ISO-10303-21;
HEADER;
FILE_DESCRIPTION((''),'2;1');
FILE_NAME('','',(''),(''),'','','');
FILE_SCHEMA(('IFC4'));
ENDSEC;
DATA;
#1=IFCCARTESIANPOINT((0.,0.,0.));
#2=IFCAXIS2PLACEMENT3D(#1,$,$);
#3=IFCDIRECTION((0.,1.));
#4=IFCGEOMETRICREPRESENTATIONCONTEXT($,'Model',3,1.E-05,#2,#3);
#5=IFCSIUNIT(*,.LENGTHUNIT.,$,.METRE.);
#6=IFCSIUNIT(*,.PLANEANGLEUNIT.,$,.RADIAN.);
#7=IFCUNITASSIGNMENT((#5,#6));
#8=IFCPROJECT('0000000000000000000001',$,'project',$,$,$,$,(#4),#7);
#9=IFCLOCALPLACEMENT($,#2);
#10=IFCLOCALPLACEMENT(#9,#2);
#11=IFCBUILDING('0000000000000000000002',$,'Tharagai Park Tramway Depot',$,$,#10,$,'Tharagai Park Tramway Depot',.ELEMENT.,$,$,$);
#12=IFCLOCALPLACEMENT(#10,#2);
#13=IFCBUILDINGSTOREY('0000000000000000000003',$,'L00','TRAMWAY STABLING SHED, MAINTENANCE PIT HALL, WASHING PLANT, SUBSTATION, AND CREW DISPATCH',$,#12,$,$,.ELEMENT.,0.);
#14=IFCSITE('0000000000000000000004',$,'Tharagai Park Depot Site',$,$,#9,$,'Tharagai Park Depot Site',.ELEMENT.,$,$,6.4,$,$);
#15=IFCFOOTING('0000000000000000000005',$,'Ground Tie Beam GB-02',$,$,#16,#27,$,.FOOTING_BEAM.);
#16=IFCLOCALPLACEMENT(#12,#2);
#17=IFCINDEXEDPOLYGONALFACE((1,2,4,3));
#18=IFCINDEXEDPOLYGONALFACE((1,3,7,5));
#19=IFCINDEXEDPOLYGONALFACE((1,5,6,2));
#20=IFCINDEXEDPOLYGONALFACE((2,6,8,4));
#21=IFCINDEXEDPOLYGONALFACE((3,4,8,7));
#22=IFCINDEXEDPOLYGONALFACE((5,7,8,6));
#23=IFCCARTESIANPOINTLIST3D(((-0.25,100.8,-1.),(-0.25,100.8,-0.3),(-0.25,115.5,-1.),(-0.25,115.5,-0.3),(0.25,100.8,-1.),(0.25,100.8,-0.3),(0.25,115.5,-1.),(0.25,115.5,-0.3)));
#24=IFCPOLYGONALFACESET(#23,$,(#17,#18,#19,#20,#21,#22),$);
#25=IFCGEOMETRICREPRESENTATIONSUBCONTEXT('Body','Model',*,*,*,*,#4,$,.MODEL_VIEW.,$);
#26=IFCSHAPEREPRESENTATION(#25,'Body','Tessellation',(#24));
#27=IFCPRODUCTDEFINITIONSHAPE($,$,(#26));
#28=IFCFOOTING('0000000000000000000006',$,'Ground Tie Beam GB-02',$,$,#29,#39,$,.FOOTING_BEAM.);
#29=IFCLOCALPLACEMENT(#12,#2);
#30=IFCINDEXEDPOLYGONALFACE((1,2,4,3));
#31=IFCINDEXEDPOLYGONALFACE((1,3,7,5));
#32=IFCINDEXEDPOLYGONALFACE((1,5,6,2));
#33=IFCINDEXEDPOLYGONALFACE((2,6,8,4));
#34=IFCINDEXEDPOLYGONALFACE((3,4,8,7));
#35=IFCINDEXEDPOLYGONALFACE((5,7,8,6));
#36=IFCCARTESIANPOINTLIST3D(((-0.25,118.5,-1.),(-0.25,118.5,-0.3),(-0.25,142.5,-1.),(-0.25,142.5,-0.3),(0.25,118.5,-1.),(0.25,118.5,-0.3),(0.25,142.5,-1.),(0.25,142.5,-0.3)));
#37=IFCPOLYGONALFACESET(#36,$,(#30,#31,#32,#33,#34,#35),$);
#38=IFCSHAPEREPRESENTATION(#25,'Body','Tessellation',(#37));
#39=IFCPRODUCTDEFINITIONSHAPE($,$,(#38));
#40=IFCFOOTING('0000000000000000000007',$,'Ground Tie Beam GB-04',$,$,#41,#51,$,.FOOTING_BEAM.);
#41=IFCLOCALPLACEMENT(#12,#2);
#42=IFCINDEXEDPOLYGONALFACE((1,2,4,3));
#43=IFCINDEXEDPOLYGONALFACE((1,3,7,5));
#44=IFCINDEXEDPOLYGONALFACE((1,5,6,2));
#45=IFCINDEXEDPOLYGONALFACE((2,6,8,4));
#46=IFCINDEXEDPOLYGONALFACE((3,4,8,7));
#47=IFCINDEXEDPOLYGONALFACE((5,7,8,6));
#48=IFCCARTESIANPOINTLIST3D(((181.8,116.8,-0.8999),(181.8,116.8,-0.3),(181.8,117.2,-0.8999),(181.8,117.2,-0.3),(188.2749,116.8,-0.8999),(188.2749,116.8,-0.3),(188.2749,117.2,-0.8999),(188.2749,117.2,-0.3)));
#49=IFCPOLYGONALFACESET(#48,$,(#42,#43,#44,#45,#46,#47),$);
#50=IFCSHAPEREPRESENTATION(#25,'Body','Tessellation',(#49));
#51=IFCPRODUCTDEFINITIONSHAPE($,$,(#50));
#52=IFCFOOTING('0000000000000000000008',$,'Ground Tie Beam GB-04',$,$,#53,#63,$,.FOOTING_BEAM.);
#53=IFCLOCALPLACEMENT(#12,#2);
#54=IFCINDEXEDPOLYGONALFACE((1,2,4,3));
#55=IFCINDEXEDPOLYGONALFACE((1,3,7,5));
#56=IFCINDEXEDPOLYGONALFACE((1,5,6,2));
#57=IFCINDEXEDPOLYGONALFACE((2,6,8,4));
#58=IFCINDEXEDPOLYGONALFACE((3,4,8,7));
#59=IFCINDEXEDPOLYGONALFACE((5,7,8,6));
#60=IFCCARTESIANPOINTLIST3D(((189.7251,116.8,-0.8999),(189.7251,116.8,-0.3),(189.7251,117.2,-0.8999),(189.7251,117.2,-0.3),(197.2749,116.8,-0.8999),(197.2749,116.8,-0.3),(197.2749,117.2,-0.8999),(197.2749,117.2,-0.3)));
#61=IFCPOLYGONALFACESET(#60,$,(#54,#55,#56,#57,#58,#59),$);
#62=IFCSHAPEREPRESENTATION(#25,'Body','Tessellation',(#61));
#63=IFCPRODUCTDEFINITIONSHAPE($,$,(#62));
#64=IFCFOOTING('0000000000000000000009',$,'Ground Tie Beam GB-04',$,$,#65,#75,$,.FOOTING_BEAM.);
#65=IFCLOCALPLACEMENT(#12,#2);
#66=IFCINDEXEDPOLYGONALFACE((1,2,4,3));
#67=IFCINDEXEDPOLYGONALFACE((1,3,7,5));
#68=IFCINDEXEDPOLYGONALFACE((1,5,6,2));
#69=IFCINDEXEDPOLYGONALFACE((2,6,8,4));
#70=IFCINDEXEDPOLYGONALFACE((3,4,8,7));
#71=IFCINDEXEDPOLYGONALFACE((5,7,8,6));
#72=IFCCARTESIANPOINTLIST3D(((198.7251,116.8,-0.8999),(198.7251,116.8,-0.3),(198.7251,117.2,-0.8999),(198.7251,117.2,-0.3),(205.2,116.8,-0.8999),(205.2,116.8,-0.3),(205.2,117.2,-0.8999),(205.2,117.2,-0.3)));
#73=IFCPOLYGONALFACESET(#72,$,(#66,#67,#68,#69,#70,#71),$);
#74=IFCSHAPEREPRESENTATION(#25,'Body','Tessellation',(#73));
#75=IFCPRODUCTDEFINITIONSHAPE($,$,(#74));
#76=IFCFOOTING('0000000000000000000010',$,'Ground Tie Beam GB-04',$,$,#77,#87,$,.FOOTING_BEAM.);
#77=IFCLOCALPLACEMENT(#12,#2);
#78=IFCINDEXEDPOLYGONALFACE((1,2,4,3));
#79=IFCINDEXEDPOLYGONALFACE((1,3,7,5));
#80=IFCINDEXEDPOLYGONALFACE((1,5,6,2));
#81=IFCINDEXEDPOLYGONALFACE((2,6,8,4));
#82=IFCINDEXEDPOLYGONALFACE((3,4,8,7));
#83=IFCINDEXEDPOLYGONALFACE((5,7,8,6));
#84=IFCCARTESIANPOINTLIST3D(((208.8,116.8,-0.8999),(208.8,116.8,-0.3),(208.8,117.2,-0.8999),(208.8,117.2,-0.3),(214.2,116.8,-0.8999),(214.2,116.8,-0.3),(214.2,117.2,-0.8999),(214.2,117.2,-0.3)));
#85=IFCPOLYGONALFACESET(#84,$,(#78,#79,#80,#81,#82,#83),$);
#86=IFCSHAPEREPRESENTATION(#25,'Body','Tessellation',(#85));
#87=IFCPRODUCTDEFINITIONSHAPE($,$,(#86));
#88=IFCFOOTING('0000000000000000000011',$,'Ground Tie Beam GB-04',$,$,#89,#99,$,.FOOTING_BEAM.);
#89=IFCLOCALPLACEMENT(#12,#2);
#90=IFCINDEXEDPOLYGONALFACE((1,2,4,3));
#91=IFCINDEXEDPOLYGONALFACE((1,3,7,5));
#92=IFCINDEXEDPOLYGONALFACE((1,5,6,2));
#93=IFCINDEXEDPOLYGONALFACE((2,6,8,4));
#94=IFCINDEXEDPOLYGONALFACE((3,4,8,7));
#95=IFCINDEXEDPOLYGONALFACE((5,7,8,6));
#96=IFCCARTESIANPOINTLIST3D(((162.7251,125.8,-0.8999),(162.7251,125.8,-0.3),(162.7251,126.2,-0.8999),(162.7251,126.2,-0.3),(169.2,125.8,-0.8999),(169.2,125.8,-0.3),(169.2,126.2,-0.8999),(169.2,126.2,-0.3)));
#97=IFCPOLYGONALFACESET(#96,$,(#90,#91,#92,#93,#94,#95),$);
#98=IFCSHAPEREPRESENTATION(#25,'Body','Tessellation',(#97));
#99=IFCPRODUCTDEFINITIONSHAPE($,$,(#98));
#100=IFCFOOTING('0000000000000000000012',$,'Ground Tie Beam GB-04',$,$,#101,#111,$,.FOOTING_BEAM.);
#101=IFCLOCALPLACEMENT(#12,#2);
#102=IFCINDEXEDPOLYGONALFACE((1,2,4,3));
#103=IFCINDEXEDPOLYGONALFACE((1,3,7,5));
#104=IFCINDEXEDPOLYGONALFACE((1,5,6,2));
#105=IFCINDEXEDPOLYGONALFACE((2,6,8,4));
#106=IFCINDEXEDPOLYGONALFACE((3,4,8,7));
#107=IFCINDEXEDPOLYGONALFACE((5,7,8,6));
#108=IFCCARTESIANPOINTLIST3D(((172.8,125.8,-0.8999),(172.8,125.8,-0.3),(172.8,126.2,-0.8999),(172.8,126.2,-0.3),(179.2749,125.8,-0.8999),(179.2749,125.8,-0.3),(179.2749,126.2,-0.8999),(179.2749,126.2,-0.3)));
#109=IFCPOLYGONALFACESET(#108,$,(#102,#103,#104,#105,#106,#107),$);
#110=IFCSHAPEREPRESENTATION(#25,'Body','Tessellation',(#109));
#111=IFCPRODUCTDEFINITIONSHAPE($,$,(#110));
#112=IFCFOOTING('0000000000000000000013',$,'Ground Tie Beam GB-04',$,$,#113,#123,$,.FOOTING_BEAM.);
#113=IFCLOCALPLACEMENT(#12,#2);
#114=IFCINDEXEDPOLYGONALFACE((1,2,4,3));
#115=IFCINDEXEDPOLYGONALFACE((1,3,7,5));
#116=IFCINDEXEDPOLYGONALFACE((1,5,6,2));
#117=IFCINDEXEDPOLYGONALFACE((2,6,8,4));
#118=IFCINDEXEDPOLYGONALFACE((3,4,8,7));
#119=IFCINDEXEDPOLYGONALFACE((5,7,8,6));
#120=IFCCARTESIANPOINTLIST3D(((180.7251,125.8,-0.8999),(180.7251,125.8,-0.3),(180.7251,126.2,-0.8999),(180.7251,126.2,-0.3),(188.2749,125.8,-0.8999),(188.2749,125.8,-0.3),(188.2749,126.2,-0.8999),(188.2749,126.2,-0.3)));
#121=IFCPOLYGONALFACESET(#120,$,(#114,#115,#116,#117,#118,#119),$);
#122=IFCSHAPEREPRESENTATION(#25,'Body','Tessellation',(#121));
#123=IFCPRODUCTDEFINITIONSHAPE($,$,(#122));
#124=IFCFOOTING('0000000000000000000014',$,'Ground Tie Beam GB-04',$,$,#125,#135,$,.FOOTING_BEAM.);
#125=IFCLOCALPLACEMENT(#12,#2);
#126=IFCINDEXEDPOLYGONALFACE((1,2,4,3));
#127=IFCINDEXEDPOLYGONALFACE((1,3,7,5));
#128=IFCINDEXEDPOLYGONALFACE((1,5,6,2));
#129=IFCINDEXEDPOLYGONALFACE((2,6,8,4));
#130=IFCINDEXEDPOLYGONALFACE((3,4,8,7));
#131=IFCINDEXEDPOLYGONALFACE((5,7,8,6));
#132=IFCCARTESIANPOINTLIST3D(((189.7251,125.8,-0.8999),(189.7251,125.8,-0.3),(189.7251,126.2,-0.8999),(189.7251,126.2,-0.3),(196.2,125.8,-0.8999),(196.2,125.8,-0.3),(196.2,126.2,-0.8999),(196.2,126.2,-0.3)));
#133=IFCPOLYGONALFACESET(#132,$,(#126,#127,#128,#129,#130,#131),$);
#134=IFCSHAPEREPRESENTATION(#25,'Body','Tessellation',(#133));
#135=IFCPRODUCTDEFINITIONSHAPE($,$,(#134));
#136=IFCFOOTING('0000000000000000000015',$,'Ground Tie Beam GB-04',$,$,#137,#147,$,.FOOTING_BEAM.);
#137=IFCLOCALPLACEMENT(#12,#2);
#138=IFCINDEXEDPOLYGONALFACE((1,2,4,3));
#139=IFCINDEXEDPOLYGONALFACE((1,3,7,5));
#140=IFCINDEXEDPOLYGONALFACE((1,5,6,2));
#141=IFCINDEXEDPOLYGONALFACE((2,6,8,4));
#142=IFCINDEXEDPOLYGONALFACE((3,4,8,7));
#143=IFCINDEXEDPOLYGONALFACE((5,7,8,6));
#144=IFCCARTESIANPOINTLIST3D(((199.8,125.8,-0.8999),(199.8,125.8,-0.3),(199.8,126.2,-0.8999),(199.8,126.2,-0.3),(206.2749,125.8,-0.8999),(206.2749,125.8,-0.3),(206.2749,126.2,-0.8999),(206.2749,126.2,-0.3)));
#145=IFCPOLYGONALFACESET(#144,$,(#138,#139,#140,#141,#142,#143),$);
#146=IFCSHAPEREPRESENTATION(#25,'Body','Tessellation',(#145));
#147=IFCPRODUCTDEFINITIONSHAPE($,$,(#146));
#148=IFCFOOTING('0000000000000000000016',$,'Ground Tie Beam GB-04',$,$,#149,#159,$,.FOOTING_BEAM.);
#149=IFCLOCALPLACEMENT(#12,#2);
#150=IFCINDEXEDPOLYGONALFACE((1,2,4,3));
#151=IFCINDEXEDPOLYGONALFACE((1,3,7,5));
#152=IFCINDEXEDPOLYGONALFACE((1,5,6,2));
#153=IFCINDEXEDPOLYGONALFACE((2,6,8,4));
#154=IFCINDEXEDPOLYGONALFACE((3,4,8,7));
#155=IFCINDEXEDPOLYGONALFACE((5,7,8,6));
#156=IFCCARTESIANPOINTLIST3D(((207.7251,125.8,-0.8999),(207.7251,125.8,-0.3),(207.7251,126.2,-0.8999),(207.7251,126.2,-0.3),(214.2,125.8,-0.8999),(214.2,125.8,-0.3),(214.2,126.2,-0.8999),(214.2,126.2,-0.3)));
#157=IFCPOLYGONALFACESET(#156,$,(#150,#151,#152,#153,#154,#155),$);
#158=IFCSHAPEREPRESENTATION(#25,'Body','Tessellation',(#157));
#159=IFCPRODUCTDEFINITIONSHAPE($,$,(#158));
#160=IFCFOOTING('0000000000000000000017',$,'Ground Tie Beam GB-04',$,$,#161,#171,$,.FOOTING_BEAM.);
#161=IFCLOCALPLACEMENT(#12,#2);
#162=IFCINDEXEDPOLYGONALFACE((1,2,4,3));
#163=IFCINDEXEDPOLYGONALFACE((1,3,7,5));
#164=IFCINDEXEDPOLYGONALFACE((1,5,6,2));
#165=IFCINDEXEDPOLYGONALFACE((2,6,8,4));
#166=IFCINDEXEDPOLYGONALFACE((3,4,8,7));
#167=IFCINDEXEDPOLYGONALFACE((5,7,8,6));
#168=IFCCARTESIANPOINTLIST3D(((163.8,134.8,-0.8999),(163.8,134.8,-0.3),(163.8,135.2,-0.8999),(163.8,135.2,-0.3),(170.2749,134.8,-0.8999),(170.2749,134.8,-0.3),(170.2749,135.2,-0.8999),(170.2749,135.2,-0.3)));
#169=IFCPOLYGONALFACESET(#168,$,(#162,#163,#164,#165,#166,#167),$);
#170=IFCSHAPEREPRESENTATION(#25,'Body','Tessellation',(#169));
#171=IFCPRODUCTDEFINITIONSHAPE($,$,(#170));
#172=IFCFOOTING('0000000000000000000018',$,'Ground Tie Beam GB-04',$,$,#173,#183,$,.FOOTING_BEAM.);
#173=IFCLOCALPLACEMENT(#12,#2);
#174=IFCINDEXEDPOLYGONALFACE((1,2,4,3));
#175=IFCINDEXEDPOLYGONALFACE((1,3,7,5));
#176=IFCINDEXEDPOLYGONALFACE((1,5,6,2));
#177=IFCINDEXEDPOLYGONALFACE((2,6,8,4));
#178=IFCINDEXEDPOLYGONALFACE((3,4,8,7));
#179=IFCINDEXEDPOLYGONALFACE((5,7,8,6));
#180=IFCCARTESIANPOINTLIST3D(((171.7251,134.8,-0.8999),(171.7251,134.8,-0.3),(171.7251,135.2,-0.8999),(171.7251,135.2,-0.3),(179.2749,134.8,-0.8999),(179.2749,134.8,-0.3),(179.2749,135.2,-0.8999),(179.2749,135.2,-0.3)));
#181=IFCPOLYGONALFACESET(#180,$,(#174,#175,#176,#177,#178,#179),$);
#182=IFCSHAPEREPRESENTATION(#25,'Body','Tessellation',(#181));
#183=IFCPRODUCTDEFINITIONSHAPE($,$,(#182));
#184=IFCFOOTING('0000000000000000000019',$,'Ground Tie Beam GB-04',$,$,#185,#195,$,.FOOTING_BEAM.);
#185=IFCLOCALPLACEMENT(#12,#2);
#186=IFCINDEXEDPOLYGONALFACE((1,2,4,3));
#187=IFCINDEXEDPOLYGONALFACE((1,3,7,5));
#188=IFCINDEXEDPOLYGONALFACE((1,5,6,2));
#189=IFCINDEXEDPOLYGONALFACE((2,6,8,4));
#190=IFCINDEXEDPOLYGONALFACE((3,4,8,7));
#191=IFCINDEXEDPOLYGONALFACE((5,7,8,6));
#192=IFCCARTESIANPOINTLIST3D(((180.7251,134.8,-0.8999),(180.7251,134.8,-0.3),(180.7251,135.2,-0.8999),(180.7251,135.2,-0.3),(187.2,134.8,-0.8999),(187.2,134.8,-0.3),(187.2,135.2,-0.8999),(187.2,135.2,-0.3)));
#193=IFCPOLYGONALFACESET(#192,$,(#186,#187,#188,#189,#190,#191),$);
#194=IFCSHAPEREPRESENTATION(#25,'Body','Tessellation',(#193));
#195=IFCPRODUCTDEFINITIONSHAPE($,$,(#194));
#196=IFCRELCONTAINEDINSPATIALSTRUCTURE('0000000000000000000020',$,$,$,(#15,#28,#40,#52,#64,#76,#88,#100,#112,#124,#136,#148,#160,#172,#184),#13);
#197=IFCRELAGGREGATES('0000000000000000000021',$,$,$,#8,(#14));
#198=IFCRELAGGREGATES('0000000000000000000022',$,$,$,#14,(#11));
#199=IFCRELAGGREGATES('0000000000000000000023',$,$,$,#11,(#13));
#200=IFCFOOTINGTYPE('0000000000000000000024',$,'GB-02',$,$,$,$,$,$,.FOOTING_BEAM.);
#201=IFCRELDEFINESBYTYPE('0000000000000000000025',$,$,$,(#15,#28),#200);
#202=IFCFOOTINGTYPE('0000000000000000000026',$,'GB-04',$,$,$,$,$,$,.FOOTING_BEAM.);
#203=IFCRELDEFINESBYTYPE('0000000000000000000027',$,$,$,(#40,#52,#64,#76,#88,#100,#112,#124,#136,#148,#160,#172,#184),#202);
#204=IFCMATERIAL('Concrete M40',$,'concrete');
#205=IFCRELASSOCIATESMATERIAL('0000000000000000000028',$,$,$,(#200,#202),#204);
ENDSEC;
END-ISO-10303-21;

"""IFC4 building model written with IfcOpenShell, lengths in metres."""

from ifc_helpers import new_model, si_unit, direction, frame, origin, place, context, subcontext, project, spatial, polyline, outline, extrude, material, type_object, element, save


model = new_model("IFC4")

# Units and contexts
model_context = context("Model", 3, precision=1e-05, world=origin(), true_north=direction((0.0, 1.0)))
body_context = subcontext(model_context, "Body", "Model", "MODEL_VIEW")
ifc_project = project(units=[si_unit("LENGTHUNIT", "METRE"), si_unit("PLANEANGLEUNIT", "RADIAN")], contexts=[model_context])

# Site, building, storey
site_placement = place(None, origin())
site = spatial("IfcSite", under=ifc_project, at=site_placement, Name="Tharagai Park Depot Site", LongName="Tharagai Park Depot Site", CompositionType="ELEMENT", RefElevation=6.4)
building_placement = place(site_placement, origin())
building = spatial("IfcBuilding", under=site, at=building_placement, Name="Tharagai Park Tramway Depot", LongName="Tharagai Park Tramway Depot", CompositionType="ELEMENT")
storey_placement = place(building_placement, origin())
storey = spatial("IfcBuildingStorey", under=building, at=storey_placement, Name="L00", Description="TRAMWAY STABLING SHED, MAINTENANCE PIT HALL, WASHING PLANT, SUBSTATION, AND CREW DISPATCH", CompositionType="ELEMENT", Elevation=0.0)

# Footings
ifc_material = material(Name="Concrete M40", Category="concrete")
footing_type_1 = type_object("IfcFootingType", Name="GB-02", PredefinedType="FOOTING_BEAM", material=ifc_material)
footing_1_placement = place(storey_placement, frame((0.0, 0.0, -1.0)))
element("IfcFooting", 1, at=footing_1_placement, inside=storey, type_object=footing_type_1, Name="Ground Tie Beam GB-02", PredefinedType="FOOTING_BEAM", context=body_context, shape_type="SweptSolid", body=[
    extrude(outline(polyline([(-0.25, 100.8), (0.25, 100.8), (0.25, 115.5), (-0.25, 115.5), (-0.25, 100.8)])), origin(), (0.0, 0.0, 1.0), 0.7),
])
footing_2_placement = place(storey_placement, frame((0.0, 0.0, -1.0)))
element("IfcFooting", 2, at=footing_2_placement, inside=storey, type_object=footing_type_1, Name="Ground Tie Beam GB-02", PredefinedType="FOOTING_BEAM", context=body_context, shape_type="SweptSolid", body=[
    extrude(outline(polyline([(-0.25, 118.5), (0.25, 118.5), (0.25, 142.5), (-0.25, 142.5), (-0.25, 118.5)])), origin(), (0.0, 0.0, 1.0), 0.7),
])
footing_type_2 = type_object("IfcFootingType", Name="GB-04", PredefinedType="FOOTING_BEAM", material=ifc_material)
footing_3_placement = place(storey_placement, frame((0.0, 0.0, -0.8999)))
element("IfcFooting", 3, at=footing_3_placement, inside=storey, type_object=footing_type_2, Name="Ground Tie Beam GB-04", PredefinedType="FOOTING_BEAM", context=body_context, shape_type="SweptSolid", body=[
    extrude(outline(polyline([(181.8, 116.8), (188.2749, 116.8), (188.2749, 117.2), (181.8, 117.2), (181.8, 116.8)])), origin(), (0.0, 0.0, 1.0), 0.5999),
])
footing_4_placement = place(storey_placement, frame((0.0, 0.0, -0.8999)))
element("IfcFooting", 4, at=footing_4_placement, inside=storey, type_object=footing_type_2, Name="Ground Tie Beam GB-04", PredefinedType="FOOTING_BEAM", context=body_context, shape_type="SweptSolid", body=[
    extrude(outline(polyline([(189.7251, 116.8), (197.2749, 116.8), (197.2749, 117.2), (189.7251, 117.2), (189.7251, 116.8)])), origin(), (0.0, 0.0, 1.0), 0.5999),
])
footing_5_placement = place(storey_placement, frame((0.0, 0.0, -0.8999)))
element("IfcFooting", 5, at=footing_5_placement, inside=storey, type_object=footing_type_2, Name="Ground Tie Beam GB-04", PredefinedType="FOOTING_BEAM", context=body_context, shape_type="SweptSolid", body=[
    extrude(outline(polyline([(198.7251, 116.8), (205.2, 116.8), (205.2, 117.2), (198.7251, 117.2), (198.7251, 116.8)])), origin(), (0.0, 0.0, 1.0), 0.5999),
])
footing_6_placement = place(storey_placement, frame((0.0, 0.0, -0.8999)))
element("IfcFooting", 6, at=footing_6_placement, inside=storey, type_object=footing_type_2, Name="Ground Tie Beam GB-04", PredefinedType="FOOTING_BEAM", context=body_context, shape_type="SweptSolid", body=[
    extrude(outline(polyline([(208.8, 116.8), (214.2, 116.8), (214.2, 117.2), (208.8, 117.2), (208.8, 116.8)])), origin(), (0.0, 0.0, 1.0), 0.5999),
])
footing_7_placement = place(storey_placement, frame((0.0, 0.0, -0.8999)))
element("IfcFooting", 7, at=footing_7_placement, inside=storey, type_object=footing_type_2, Name="Ground Tie Beam GB-04", PredefinedType="FOOTING_BEAM", context=body_context, shape_type="SweptSolid", body=[
    extrude(outline(polyline([(162.7251, 125.8), (169.2, 125.8), (169.2, 126.2), (162.7251, 126.2), (162.7251, 125.8)])), origin(), (0.0, 0.0, 1.0), 0.5999),
])
footing_8_placement = place(storey_placement, frame((0.0, 0.0, -0.8999)))
element("IfcFooting", 8, at=footing_8_placement, inside=storey, type_object=footing_type_2, Name="Ground Tie Beam GB-04", PredefinedType="FOOTING_BEAM", context=body_context, shape_type="SweptSolid", body=[
    extrude(outline(polyline([(172.8, 125.8), (179.2749, 125.8), (179.2749, 126.2), (172.8, 126.2), (172.8, 125.8)])), origin(), (0.0, 0.0, 1.0), 0.5999),
])
footing_9_placement = place(storey_placement, frame((0.0, 0.0, -0.8999)))
element("IfcFooting", 9, at=footing_9_placement, inside=storey, type_object=footing_type_2, Name="Ground Tie Beam GB-04", PredefinedType="FOOTING_BEAM", context=body_context, shape_type="SweptSolid", body=[
    extrude(outline(polyline([(180.7251, 125.8), (188.2749, 125.8), (188.2749, 126.2), (180.7251, 126.2), (180.7251, 125.8)])), origin(), (0.0, 0.0, 1.0), 0.5999),
])
footing_10_placement = place(storey_placement, frame((0.0, 0.0, -0.8999)))
element("IfcFooting", 10, at=footing_10_placement, inside=storey, type_object=footing_type_2, Name="Ground Tie Beam GB-04", PredefinedType="FOOTING_BEAM", context=body_context, shape_type="SweptSolid", body=[
    extrude(outline(polyline([(189.7251, 125.8), (196.2, 125.8), (196.2, 126.2), (189.7251, 126.2), (189.7251, 125.8)])), origin(), (0.0, 0.0, 1.0), 0.5999),
])
footing_11_placement = place(storey_placement, frame((0.0, 0.0, -0.8999)))
element("IfcFooting", 11, at=footing_11_placement, inside=storey, type_object=footing_type_2, Name="Ground Tie Beam GB-04", PredefinedType="FOOTING_BEAM", context=body_context, shape_type="SweptSolid", body=[
    extrude(outline(polyline([(199.8, 125.8), (206.2749, 125.8), (206.2749, 126.2), (199.8, 126.2), (199.8, 125.8)])), origin(), (0.0, 0.0, 1.0), 0.5999),
])
footing_12_placement = place(storey_placement, frame((0.0, 0.0, -0.8999)))
element("IfcFooting", 12, at=footing_12_placement, inside=storey, type_object=footing_type_2, Name="Ground Tie Beam GB-04", PredefinedType="FOOTING_BEAM", context=body_context, shape_type="SweptSolid", body=[
    extrude(outline(polyline([(207.7251, 125.8), (214.2, 125.8), (214.2, 126.2), (207.7251, 126.2), (207.7251, 125.8)])), origin(), (0.0, 0.0, 1.0), 0.5999),
])
footing_13_placement = place(storey_placement, frame((0.0, 0.0, -0.8999)))
element("IfcFooting", 13, at=footing_13_placement, inside=storey, type_object=footing_type_2, Name="Ground Tie Beam GB-04", PredefinedType="FOOTING_BEAM", context=body_context, shape_type="SweptSolid", body=[
    extrude(outline(polyline([(163.8, 134.8), (170.2749, 134.8), (170.2749, 135.2), (163.8, 135.2), (163.8, 134.8)])), origin(), (0.0, 0.0, 1.0), 0.5999),
])
footing_14_placement = place(storey_placement, frame((0.0, 0.0, -0.8999)))
element("IfcFooting", 14, at=footing_14_placement, inside=storey, type_object=footing_type_2, Name="Ground Tie Beam GB-04", PredefinedType="FOOTING_BEAM", context=body_context, shape_type="SweptSolid", body=[
    extrude(outline(polyline([(171.7251, 134.8), (179.2749, 134.8), (179.2749, 135.2), (171.7251, 135.2), (171.7251, 134.8)])), origin(), (0.0, 0.0, 1.0), 0.5999),
])
footing_15_placement = place(storey_placement, frame((0.0, 0.0, -0.8999)))
element("IfcFooting", 15, at=footing_15_placement, inside=storey, type_object=footing_type_2, Name="Ground Tie Beam GB-04", PredefinedType="FOOTING_BEAM", context=body_context, shape_type="SweptSolid", body=[
    extrude(outline(polyline([(180.7251, 134.8), (187.2, 134.8), (187.2, 135.2), (180.7251, 135.2), (180.7251, 134.8)])), origin(), (0.0, 0.0, 1.0), 0.5999),
])

save(model, "model.ifc")
